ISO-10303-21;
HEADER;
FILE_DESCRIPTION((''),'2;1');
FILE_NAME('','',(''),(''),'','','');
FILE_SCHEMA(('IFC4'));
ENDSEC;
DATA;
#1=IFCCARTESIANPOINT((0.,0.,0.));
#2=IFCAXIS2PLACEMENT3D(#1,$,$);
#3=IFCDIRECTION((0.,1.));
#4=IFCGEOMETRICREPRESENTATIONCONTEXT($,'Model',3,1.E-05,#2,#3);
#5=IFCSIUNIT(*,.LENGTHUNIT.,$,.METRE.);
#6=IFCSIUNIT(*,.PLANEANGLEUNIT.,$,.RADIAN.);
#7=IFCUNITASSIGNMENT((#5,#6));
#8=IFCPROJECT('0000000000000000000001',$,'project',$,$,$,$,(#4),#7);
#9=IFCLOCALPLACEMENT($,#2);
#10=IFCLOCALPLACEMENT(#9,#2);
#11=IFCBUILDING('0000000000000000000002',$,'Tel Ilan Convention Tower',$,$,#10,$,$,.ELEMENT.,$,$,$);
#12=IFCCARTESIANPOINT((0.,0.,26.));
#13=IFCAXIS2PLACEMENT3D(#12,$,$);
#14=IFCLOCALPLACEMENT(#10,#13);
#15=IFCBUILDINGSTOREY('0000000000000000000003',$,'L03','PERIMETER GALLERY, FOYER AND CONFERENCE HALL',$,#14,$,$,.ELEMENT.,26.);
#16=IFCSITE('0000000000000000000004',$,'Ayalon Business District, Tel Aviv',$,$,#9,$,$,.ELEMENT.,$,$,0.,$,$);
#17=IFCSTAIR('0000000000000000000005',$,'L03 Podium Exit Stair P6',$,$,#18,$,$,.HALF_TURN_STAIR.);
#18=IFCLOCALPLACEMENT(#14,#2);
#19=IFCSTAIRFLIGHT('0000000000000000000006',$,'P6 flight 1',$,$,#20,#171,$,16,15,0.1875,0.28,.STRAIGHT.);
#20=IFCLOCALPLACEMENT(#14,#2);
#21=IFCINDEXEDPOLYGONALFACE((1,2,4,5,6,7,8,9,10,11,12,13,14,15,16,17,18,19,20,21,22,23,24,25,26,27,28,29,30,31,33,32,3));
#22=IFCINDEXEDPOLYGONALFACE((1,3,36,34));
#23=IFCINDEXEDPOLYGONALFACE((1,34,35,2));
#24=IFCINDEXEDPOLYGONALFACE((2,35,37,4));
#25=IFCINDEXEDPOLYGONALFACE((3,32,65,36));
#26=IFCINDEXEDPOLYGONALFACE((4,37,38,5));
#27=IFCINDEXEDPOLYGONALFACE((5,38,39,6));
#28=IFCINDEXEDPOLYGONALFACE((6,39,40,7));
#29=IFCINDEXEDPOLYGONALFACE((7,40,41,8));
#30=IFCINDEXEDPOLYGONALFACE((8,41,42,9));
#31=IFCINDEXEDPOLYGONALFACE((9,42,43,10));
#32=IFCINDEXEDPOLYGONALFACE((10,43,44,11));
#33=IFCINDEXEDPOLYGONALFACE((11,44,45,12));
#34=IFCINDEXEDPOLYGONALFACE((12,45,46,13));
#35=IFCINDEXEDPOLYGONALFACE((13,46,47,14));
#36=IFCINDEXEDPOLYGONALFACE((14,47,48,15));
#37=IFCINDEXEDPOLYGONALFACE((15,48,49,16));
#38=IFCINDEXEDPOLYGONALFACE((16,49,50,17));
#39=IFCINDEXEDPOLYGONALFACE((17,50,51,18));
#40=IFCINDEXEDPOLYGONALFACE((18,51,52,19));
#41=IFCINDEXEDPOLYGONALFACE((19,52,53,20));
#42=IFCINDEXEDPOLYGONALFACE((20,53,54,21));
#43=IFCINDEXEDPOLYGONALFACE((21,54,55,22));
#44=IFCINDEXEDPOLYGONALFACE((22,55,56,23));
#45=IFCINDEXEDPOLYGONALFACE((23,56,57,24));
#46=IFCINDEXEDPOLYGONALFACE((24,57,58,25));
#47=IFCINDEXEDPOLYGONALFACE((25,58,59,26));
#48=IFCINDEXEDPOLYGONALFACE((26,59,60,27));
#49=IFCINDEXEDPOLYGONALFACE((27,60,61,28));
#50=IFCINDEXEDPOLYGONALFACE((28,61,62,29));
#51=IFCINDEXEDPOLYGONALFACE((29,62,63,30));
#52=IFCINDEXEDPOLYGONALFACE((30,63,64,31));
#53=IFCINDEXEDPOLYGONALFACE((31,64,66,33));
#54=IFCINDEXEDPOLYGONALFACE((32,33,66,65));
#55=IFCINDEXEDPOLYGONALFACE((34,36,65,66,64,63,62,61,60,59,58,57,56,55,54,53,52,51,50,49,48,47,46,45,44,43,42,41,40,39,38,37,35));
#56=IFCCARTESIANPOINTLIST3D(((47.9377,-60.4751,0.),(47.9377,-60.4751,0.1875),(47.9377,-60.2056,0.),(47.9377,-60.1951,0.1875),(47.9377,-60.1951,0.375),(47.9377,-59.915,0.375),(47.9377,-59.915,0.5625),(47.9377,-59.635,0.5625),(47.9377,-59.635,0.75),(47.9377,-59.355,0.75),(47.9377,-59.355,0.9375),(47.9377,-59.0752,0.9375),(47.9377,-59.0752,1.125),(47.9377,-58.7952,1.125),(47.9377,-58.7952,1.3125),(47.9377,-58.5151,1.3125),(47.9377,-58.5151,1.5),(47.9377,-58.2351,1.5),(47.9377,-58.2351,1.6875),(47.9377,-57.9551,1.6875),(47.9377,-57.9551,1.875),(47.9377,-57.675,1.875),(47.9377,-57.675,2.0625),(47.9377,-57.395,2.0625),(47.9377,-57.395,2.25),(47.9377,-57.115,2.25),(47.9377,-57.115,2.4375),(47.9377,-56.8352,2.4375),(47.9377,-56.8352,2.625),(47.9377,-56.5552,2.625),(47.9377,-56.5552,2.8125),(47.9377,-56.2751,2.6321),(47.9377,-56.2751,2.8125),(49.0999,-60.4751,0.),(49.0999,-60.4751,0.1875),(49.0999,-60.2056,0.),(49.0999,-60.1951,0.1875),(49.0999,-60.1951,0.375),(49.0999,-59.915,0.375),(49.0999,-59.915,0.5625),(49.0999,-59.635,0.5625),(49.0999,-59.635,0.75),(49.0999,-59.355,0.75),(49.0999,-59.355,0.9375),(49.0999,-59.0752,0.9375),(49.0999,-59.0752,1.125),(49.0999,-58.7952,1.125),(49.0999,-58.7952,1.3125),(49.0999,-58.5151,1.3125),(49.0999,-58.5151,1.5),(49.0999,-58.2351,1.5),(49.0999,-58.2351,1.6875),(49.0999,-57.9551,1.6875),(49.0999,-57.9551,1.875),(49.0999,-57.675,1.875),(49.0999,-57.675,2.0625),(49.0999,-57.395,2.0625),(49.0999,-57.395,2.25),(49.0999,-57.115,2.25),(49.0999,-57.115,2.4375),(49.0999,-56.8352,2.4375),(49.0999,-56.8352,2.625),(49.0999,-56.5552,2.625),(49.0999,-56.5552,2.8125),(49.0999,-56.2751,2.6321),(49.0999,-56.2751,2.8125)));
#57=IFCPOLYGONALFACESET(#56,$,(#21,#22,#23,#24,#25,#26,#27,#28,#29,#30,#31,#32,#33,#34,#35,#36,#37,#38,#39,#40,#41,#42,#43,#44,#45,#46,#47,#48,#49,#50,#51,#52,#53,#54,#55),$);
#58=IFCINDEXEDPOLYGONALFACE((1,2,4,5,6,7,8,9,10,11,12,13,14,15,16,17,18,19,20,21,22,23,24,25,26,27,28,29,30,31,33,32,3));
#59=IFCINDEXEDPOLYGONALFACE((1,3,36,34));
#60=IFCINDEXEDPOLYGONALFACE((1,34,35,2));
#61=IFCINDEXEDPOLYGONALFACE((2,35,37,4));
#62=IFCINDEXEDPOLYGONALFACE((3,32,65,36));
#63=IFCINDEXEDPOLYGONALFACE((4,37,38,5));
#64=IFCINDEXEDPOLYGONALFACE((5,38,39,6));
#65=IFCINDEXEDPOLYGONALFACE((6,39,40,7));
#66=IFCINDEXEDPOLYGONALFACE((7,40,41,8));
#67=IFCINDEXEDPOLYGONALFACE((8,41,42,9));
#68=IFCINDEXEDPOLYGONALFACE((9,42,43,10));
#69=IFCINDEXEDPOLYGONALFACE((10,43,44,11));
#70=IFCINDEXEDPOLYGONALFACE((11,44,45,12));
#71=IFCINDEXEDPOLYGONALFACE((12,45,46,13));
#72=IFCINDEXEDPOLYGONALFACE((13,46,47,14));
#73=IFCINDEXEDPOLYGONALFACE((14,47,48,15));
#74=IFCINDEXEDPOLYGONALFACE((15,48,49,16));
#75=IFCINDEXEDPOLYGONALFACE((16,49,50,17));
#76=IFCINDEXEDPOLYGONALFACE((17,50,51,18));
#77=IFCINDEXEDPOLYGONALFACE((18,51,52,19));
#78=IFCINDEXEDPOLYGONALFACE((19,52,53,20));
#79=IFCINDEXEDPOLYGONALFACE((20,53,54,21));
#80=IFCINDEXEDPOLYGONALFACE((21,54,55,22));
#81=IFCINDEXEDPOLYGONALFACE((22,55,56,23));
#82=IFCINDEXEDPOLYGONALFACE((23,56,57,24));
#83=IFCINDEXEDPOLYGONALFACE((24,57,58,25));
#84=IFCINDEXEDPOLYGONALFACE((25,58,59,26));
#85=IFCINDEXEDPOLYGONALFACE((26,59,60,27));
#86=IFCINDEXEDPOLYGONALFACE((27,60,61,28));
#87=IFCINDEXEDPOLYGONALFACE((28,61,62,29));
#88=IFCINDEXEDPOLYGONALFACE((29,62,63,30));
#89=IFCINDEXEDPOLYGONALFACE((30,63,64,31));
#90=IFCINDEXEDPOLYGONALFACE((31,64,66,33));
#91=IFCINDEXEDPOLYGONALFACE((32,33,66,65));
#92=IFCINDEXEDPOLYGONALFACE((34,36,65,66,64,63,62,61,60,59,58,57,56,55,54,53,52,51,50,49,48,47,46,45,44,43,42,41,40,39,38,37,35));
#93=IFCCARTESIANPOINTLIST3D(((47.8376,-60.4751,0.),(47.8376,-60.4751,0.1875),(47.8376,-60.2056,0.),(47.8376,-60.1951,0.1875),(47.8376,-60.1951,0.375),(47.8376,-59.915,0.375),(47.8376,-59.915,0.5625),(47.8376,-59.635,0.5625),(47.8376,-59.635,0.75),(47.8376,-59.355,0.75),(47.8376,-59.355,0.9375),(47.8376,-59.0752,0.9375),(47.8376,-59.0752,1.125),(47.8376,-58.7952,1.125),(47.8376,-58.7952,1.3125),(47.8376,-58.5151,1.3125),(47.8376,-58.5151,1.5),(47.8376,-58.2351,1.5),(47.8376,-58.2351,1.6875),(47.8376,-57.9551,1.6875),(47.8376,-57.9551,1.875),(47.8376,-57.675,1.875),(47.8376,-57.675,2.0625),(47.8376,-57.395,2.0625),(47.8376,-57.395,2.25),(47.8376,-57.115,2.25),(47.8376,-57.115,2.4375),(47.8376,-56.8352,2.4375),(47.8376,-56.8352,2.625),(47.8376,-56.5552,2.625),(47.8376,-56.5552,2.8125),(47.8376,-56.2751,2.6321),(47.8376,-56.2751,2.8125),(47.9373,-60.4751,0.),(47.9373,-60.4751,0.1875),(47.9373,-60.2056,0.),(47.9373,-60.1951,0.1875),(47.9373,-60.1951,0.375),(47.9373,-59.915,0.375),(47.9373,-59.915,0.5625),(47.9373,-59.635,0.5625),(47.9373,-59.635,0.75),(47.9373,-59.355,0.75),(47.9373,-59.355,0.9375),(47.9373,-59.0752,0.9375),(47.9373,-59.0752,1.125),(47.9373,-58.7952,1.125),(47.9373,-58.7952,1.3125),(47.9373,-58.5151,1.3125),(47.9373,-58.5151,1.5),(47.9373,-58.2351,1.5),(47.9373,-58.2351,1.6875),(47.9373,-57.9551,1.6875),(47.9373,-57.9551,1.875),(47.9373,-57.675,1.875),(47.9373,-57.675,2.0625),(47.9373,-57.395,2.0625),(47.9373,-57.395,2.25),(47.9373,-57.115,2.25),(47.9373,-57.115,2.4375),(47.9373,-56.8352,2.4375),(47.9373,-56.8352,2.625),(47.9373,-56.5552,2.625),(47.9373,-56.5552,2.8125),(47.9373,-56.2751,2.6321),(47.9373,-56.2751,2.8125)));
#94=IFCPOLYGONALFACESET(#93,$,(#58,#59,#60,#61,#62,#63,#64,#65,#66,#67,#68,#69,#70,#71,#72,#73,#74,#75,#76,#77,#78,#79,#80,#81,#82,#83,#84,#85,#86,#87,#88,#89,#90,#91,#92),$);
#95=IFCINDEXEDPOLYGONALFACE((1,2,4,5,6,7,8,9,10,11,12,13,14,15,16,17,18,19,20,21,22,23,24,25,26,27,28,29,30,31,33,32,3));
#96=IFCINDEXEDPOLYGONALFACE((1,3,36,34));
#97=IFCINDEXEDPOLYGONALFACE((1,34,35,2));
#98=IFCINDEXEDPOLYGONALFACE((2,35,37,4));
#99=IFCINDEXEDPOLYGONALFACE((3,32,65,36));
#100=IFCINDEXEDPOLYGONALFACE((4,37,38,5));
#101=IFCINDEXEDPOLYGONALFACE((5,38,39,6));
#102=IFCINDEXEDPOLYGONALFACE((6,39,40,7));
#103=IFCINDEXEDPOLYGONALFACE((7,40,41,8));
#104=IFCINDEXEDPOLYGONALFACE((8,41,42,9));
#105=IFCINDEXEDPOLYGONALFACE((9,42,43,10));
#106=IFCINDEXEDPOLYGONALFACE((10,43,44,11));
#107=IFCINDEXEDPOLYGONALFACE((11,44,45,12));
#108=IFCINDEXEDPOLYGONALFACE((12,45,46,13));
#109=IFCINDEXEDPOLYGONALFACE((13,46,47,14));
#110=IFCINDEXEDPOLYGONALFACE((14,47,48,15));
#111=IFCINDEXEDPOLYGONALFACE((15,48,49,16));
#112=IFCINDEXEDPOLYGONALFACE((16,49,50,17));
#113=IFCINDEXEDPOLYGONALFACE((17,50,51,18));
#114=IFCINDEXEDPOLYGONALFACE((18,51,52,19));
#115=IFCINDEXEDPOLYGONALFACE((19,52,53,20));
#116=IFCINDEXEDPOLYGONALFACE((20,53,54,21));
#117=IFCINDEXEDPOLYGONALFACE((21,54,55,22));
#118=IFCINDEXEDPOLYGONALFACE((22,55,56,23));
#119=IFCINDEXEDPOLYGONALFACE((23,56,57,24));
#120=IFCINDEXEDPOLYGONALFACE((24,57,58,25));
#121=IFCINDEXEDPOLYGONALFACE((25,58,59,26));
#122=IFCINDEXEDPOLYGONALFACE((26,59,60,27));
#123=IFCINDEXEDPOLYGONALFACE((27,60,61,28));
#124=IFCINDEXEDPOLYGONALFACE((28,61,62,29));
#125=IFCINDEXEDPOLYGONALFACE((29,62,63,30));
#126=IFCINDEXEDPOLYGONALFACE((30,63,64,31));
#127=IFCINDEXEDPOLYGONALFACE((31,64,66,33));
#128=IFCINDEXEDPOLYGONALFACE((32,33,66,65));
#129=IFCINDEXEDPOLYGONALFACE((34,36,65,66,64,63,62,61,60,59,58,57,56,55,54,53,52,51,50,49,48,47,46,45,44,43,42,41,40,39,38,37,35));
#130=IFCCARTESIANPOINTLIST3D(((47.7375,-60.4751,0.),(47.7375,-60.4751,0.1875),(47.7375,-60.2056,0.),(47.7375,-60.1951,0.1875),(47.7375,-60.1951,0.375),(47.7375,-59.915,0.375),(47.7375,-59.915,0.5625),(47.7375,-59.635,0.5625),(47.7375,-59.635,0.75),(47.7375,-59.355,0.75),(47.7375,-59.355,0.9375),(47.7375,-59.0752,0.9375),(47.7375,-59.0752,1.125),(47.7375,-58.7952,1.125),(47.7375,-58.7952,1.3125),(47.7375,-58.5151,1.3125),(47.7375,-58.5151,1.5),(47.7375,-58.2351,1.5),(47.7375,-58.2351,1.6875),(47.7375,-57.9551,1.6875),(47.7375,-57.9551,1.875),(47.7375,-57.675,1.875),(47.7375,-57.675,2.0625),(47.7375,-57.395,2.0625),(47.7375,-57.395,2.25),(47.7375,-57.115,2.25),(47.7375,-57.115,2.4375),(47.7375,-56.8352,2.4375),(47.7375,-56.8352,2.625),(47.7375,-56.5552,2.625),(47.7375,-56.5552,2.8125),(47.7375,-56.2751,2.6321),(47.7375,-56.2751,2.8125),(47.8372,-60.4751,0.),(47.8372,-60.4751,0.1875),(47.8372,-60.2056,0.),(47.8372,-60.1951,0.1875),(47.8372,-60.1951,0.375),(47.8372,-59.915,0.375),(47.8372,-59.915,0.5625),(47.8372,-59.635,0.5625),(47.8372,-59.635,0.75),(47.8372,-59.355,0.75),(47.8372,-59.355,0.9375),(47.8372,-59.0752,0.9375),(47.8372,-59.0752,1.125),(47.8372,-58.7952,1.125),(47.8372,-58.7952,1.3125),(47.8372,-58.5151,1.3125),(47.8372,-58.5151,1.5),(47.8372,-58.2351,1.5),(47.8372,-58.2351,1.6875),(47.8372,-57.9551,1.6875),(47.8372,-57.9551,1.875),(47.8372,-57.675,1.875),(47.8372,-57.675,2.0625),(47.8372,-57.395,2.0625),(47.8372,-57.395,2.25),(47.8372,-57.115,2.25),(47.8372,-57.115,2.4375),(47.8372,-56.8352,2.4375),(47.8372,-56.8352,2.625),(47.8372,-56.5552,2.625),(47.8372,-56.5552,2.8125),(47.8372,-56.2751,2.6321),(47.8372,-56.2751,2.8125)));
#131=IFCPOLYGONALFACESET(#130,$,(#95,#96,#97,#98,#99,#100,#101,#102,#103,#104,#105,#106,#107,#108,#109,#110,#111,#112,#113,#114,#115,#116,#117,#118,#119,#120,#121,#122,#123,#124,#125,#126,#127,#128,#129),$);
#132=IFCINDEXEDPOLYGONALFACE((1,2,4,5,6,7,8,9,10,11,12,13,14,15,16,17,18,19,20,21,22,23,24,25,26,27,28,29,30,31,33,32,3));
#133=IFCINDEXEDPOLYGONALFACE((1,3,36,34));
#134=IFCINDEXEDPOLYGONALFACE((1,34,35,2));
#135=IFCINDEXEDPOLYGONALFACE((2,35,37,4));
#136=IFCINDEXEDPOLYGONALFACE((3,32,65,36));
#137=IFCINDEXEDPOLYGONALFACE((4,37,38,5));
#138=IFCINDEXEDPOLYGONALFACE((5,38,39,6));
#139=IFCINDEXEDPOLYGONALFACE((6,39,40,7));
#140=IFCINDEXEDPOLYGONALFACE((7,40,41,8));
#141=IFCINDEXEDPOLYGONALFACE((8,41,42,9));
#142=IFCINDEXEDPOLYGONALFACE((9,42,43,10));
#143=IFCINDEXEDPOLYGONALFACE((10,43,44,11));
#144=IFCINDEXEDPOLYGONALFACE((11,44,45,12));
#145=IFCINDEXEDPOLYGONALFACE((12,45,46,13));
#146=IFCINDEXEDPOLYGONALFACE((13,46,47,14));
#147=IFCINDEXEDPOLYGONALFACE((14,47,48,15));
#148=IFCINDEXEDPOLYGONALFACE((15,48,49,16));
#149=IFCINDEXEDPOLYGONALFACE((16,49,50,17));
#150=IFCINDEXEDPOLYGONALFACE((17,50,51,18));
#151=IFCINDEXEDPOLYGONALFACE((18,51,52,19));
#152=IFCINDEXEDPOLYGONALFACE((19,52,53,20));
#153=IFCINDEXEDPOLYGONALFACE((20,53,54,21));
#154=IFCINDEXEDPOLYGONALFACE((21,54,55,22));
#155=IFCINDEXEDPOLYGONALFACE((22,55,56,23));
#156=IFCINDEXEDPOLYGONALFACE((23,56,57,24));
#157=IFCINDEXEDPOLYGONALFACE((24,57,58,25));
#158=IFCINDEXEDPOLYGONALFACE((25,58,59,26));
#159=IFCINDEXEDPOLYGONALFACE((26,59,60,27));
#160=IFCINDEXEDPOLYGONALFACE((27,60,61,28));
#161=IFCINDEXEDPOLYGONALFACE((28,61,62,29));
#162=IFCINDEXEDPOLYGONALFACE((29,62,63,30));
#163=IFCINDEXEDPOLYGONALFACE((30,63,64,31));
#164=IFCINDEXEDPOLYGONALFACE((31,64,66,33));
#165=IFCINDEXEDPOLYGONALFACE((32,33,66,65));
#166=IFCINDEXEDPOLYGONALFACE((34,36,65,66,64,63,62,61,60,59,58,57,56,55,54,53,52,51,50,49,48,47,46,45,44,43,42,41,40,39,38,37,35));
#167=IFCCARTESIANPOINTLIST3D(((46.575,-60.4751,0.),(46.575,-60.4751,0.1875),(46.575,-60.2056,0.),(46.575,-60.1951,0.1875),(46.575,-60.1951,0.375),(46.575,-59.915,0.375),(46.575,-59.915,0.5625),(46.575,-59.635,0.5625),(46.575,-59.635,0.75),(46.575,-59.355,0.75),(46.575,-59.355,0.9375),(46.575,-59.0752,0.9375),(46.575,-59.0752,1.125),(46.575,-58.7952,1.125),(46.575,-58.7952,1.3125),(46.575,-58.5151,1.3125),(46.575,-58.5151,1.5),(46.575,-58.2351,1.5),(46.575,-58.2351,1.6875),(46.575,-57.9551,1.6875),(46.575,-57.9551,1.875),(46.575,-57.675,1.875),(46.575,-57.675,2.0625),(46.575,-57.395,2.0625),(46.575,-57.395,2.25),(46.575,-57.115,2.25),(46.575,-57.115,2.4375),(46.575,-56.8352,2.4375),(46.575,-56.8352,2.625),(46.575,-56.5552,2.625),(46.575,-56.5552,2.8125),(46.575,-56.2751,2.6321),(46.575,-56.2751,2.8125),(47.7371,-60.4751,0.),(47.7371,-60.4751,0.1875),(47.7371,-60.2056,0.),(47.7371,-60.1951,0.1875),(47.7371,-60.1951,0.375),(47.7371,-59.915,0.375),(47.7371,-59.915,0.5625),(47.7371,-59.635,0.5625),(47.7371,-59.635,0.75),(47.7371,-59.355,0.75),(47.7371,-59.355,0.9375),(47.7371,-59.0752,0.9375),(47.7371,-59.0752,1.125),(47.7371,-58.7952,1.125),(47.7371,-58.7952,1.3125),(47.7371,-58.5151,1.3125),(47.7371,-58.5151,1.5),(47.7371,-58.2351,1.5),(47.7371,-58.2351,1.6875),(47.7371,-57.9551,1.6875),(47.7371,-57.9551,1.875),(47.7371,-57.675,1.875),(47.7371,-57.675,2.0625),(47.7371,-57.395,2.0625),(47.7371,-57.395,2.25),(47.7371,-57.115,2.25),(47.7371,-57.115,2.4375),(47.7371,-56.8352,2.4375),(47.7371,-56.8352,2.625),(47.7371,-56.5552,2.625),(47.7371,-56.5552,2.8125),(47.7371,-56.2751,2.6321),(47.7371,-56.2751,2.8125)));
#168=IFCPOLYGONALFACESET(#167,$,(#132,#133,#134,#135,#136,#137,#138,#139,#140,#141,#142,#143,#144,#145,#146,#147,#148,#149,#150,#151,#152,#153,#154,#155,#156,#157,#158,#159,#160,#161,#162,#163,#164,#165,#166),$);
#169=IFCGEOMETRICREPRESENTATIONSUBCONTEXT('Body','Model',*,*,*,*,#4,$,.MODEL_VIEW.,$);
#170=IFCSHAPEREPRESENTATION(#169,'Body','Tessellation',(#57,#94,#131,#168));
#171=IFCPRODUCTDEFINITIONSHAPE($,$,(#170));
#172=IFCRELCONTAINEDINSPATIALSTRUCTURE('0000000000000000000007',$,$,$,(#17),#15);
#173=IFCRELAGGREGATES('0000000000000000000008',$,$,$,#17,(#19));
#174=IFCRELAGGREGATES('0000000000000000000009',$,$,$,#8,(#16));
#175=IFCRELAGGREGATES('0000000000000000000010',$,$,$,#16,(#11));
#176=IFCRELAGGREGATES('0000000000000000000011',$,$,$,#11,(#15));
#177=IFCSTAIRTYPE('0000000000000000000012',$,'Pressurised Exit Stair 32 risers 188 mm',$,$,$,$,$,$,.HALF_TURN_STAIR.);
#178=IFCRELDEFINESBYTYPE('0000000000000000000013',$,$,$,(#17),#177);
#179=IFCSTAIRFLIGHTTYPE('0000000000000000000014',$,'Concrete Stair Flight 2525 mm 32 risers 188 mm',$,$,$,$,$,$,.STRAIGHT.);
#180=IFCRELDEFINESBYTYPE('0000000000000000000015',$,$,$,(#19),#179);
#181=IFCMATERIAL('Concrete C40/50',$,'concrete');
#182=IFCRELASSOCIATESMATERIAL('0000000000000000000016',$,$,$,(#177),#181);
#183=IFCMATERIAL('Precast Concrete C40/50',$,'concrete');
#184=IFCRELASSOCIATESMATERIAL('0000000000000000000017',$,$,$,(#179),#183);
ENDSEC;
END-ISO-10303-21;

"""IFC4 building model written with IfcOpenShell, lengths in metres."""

from ifc_helpers import new_model, si_unit, direction, frame, origin, place, context, subcontext, project, spatial, polyline, outline, extrude, material, type_object, element, aggregate, save


model = new_model("IFC4")

# Units and contexts
model_context = context("Model", 3, precision=1e-05, world=origin(), true_north=direction((0.0, 1.0)))
body_context = subcontext(model_context, "Body", "Model", "MODEL_VIEW")
ifc_project = project(units=[si_unit("LENGTHUNIT", "METRE"), si_unit("PLANEANGLEUNIT", "RADIAN")], contexts=[model_context])

# Site, building, storey
site_placement = place(None, origin())
site = spatial("IfcSite", under=ifc_project, at=site_placement, Name="Ayalon Business District, Tel Aviv", CompositionType="ELEMENT", RefElevation=0.0)
building_placement = place(site_placement, origin())
building = spatial("IfcBuilding", under=site, at=building_placement, Name="Tel Ilan Convention Tower", CompositionType="ELEMENT")
storey_placement = place(building_placement, frame((0.0, 0.0, 26.0)))
storey = spatial("IfcBuildingStorey", under=building, at=storey_placement, Name="L03", Description="PERIMETER GALLERY, FOYER AND CONFERENCE HALL", CompositionType="ELEMENT", Elevation=26.0)

# Stair, stair flight
ifc_material_1 = material(Name="Concrete C40/50", Category="concrete")
stair_type = type_object("IfcStairType", Name="Pressurised Exit Stair 32 risers 188 mm", PredefinedType="HALF_TURN_STAIR", material=ifc_material_1)
stair_1_placement = place(storey_placement, origin())
stair_1 = element("IfcStair", 1, at=stair_1_placement, inside=storey, type_object=stair_type, Name="L03 Podium Exit Stair P6", PredefinedType="HALF_TURN_STAIR")
ifc_material_2 = material(Name="Precast Concrete C40/50", Category="concrete")
stair_flight_type = type_object("IfcStairFlightType", Name="Concrete Stair Flight 2525 mm 32 risers 188 mm", PredefinedType="STRAIGHT", material=ifc_material_2)
stair_flight_1_placement = place(storey_placement, frame((47.8374, -60.4751, 0.0), z_axis=(0.0, 0.0, 1.0), x_axis=(0.0, 1.0, 0.0)))
stair_flight_1 = element("IfcStairFlight", 2, at=stair_flight_1_placement, type_object=stair_flight_type, Name="P6 flight 1", NumberOfRisers=16, NumberOfTreads=15, PredefinedType="STRAIGHT", RiserHeight=0.1875, TreadLength=0.28, context=body_context, shape_type="SweptSolid", body=[
    extrude(outline(polyline([(0.0, 0.0), (0.0, 0.1875), (0.28, 0.1875), (0.28, 0.375), (0.5601, 0.375), (0.5601, 0.5625), (0.8401, 0.5625), (0.8401, 0.75), (1.1201, 0.75), (1.1201, 0.9375), (1.3999, 0.9375), (1.3999, 1.125), (1.6799, 1.125), (1.6799, 1.3125), (1.96, 1.3125), (1.96, 1.5), (2.24, 1.5), (2.24, 1.6875), (2.52, 1.6875), (2.52, 1.875), (2.8, 1.875), (2.8, 2.0625), (3.0801, 2.0625), (3.0801, 2.25), (3.3601, 2.25), (3.3601, 2.4375), (3.6399, 2.4375), (3.6399, 2.625), (3.9199, 2.625), (3.9199, 2.8125), (4.2, 2.8125), (4.2, 3.0), (4.2, 2.6321), (0.2695, 0.0), (0.0, 0.0)])), frame((0.0, -0.1003, 0.0), z_axis=(0.0, -1.0, 0.0), x_axis=(1.0, 0.0, 0.0)), (0.0, 0.0, 1.0), 1.1621),
    extrude(outline(polyline([(0.0, 0.0), (0.0, 0.1875), (0.28, 0.1875), (0.28, 0.375), (0.5601, 0.375), (0.5601, 0.5625), (0.8401, 0.5625), (0.8401, 0.75), (1.1201, 0.75), (1.1201, 0.9375), (1.3999, 0.9375), (1.3999, 1.125), (1.6799, 1.125), (1.6799, 1.3125), (1.96, 1.3125), (1.96, 1.5), (2.24, 1.5), (2.24, 1.6875), (2.52, 1.6875), (2.52, 1.875), (2.8, 1.875), (2.8, 2.0625), (3.0801, 2.0625), (3.0801, 2.25), (3.3601, 2.25), (3.3601, 2.4375), (3.6399, 2.4375), (3.6399, 2.625), (3.9199, 2.625), (3.9199, 2.8125), (4.2, 2.8125), (4.2, 3.0), (4.2, 2.6321), (0.2695, 0.0), (0.0, 0.0)])), frame((0.0, -0.0002, 0.0), z_axis=(0.0, -1.0, 0.0), x_axis=(1.0, 0.0, 0.0)), (0.0, 0.0, 1.0), 0.0996),
    extrude(outline(polyline([(0.0, 0.0), (0.0, 0.1875), (0.28, 0.1875), (0.28, 0.375), (0.5601, 0.375), (0.5601, 0.5625), (0.8401, 0.5625), (0.8401, 0.75), (1.1201, 0.75), (1.1201, 0.9375), (1.3999, 0.9375), (1.3999, 1.125), (1.6799, 1.125), (1.6799, 1.3125), (1.96, 1.3125), (1.96, 1.5), (2.24, 1.5), (2.24, 1.6875), (2.52, 1.6875), (2.52, 1.875), (2.8, 1.875), (2.8, 2.0625), (3.0801, 2.0625), (3.0801, 2.25), (3.3601, 2.25), (3.3601, 2.4375), (3.6399, 2.4375), (3.6399, 2.625), (3.9199, 2.625), (3.9199, 2.8125), (4.2, 2.8125), (4.2, 3.0), (4.2, 2.6321), (0.2695, 0.0), (0.0, 0.0)])), frame((0.0, 0.0999, 0.0), z_axis=(0.0, -1.0, 0.0), x_axis=(1.0, 0.0, 0.0)), (0.0, 0.0, 1.0), 0.0996),
    extrude(outline(polyline([(0.0, 0.0), (0.0, 0.1875), (0.28, 0.1875), (0.28, 0.375), (0.5601, 0.375), (0.5601, 0.5625), (0.8401, 0.5625), (0.8401, 0.75), (1.1201, 0.75), (1.1201, 0.9375), (1.3999, 0.9375), (1.3999, 1.125), (1.6799, 1.125), (1.6799, 1.3125), (1.96, 1.3125), (1.96, 1.5), (2.24, 1.5), (2.24, 1.6875), (2.52, 1.6875), (2.52, 1.875), (2.8, 1.875), (2.8, 2.0625), (3.0801, 2.0625), (3.0801, 2.25), (3.3601, 2.25), (3.3601, 2.4375), (3.6399, 2.4375), (3.6399, 2.625), (3.9199, 2.625), (3.9199, 2.8125), (4.2, 2.8125), (4.2, 3.0), (4.2, 2.6321), (0.2695, 0.0), (0.0, 0.0)])), frame((0.0, 1.2625, 0.0), z_axis=(0.0, -1.0, 0.0), x_axis=(1.0, 0.0, 0.0)), (0.0, 0.0, 1.0), 1.1621),
])
aggregate(stair_1, [stair_flight_1])

save(model, "model.ifc")
